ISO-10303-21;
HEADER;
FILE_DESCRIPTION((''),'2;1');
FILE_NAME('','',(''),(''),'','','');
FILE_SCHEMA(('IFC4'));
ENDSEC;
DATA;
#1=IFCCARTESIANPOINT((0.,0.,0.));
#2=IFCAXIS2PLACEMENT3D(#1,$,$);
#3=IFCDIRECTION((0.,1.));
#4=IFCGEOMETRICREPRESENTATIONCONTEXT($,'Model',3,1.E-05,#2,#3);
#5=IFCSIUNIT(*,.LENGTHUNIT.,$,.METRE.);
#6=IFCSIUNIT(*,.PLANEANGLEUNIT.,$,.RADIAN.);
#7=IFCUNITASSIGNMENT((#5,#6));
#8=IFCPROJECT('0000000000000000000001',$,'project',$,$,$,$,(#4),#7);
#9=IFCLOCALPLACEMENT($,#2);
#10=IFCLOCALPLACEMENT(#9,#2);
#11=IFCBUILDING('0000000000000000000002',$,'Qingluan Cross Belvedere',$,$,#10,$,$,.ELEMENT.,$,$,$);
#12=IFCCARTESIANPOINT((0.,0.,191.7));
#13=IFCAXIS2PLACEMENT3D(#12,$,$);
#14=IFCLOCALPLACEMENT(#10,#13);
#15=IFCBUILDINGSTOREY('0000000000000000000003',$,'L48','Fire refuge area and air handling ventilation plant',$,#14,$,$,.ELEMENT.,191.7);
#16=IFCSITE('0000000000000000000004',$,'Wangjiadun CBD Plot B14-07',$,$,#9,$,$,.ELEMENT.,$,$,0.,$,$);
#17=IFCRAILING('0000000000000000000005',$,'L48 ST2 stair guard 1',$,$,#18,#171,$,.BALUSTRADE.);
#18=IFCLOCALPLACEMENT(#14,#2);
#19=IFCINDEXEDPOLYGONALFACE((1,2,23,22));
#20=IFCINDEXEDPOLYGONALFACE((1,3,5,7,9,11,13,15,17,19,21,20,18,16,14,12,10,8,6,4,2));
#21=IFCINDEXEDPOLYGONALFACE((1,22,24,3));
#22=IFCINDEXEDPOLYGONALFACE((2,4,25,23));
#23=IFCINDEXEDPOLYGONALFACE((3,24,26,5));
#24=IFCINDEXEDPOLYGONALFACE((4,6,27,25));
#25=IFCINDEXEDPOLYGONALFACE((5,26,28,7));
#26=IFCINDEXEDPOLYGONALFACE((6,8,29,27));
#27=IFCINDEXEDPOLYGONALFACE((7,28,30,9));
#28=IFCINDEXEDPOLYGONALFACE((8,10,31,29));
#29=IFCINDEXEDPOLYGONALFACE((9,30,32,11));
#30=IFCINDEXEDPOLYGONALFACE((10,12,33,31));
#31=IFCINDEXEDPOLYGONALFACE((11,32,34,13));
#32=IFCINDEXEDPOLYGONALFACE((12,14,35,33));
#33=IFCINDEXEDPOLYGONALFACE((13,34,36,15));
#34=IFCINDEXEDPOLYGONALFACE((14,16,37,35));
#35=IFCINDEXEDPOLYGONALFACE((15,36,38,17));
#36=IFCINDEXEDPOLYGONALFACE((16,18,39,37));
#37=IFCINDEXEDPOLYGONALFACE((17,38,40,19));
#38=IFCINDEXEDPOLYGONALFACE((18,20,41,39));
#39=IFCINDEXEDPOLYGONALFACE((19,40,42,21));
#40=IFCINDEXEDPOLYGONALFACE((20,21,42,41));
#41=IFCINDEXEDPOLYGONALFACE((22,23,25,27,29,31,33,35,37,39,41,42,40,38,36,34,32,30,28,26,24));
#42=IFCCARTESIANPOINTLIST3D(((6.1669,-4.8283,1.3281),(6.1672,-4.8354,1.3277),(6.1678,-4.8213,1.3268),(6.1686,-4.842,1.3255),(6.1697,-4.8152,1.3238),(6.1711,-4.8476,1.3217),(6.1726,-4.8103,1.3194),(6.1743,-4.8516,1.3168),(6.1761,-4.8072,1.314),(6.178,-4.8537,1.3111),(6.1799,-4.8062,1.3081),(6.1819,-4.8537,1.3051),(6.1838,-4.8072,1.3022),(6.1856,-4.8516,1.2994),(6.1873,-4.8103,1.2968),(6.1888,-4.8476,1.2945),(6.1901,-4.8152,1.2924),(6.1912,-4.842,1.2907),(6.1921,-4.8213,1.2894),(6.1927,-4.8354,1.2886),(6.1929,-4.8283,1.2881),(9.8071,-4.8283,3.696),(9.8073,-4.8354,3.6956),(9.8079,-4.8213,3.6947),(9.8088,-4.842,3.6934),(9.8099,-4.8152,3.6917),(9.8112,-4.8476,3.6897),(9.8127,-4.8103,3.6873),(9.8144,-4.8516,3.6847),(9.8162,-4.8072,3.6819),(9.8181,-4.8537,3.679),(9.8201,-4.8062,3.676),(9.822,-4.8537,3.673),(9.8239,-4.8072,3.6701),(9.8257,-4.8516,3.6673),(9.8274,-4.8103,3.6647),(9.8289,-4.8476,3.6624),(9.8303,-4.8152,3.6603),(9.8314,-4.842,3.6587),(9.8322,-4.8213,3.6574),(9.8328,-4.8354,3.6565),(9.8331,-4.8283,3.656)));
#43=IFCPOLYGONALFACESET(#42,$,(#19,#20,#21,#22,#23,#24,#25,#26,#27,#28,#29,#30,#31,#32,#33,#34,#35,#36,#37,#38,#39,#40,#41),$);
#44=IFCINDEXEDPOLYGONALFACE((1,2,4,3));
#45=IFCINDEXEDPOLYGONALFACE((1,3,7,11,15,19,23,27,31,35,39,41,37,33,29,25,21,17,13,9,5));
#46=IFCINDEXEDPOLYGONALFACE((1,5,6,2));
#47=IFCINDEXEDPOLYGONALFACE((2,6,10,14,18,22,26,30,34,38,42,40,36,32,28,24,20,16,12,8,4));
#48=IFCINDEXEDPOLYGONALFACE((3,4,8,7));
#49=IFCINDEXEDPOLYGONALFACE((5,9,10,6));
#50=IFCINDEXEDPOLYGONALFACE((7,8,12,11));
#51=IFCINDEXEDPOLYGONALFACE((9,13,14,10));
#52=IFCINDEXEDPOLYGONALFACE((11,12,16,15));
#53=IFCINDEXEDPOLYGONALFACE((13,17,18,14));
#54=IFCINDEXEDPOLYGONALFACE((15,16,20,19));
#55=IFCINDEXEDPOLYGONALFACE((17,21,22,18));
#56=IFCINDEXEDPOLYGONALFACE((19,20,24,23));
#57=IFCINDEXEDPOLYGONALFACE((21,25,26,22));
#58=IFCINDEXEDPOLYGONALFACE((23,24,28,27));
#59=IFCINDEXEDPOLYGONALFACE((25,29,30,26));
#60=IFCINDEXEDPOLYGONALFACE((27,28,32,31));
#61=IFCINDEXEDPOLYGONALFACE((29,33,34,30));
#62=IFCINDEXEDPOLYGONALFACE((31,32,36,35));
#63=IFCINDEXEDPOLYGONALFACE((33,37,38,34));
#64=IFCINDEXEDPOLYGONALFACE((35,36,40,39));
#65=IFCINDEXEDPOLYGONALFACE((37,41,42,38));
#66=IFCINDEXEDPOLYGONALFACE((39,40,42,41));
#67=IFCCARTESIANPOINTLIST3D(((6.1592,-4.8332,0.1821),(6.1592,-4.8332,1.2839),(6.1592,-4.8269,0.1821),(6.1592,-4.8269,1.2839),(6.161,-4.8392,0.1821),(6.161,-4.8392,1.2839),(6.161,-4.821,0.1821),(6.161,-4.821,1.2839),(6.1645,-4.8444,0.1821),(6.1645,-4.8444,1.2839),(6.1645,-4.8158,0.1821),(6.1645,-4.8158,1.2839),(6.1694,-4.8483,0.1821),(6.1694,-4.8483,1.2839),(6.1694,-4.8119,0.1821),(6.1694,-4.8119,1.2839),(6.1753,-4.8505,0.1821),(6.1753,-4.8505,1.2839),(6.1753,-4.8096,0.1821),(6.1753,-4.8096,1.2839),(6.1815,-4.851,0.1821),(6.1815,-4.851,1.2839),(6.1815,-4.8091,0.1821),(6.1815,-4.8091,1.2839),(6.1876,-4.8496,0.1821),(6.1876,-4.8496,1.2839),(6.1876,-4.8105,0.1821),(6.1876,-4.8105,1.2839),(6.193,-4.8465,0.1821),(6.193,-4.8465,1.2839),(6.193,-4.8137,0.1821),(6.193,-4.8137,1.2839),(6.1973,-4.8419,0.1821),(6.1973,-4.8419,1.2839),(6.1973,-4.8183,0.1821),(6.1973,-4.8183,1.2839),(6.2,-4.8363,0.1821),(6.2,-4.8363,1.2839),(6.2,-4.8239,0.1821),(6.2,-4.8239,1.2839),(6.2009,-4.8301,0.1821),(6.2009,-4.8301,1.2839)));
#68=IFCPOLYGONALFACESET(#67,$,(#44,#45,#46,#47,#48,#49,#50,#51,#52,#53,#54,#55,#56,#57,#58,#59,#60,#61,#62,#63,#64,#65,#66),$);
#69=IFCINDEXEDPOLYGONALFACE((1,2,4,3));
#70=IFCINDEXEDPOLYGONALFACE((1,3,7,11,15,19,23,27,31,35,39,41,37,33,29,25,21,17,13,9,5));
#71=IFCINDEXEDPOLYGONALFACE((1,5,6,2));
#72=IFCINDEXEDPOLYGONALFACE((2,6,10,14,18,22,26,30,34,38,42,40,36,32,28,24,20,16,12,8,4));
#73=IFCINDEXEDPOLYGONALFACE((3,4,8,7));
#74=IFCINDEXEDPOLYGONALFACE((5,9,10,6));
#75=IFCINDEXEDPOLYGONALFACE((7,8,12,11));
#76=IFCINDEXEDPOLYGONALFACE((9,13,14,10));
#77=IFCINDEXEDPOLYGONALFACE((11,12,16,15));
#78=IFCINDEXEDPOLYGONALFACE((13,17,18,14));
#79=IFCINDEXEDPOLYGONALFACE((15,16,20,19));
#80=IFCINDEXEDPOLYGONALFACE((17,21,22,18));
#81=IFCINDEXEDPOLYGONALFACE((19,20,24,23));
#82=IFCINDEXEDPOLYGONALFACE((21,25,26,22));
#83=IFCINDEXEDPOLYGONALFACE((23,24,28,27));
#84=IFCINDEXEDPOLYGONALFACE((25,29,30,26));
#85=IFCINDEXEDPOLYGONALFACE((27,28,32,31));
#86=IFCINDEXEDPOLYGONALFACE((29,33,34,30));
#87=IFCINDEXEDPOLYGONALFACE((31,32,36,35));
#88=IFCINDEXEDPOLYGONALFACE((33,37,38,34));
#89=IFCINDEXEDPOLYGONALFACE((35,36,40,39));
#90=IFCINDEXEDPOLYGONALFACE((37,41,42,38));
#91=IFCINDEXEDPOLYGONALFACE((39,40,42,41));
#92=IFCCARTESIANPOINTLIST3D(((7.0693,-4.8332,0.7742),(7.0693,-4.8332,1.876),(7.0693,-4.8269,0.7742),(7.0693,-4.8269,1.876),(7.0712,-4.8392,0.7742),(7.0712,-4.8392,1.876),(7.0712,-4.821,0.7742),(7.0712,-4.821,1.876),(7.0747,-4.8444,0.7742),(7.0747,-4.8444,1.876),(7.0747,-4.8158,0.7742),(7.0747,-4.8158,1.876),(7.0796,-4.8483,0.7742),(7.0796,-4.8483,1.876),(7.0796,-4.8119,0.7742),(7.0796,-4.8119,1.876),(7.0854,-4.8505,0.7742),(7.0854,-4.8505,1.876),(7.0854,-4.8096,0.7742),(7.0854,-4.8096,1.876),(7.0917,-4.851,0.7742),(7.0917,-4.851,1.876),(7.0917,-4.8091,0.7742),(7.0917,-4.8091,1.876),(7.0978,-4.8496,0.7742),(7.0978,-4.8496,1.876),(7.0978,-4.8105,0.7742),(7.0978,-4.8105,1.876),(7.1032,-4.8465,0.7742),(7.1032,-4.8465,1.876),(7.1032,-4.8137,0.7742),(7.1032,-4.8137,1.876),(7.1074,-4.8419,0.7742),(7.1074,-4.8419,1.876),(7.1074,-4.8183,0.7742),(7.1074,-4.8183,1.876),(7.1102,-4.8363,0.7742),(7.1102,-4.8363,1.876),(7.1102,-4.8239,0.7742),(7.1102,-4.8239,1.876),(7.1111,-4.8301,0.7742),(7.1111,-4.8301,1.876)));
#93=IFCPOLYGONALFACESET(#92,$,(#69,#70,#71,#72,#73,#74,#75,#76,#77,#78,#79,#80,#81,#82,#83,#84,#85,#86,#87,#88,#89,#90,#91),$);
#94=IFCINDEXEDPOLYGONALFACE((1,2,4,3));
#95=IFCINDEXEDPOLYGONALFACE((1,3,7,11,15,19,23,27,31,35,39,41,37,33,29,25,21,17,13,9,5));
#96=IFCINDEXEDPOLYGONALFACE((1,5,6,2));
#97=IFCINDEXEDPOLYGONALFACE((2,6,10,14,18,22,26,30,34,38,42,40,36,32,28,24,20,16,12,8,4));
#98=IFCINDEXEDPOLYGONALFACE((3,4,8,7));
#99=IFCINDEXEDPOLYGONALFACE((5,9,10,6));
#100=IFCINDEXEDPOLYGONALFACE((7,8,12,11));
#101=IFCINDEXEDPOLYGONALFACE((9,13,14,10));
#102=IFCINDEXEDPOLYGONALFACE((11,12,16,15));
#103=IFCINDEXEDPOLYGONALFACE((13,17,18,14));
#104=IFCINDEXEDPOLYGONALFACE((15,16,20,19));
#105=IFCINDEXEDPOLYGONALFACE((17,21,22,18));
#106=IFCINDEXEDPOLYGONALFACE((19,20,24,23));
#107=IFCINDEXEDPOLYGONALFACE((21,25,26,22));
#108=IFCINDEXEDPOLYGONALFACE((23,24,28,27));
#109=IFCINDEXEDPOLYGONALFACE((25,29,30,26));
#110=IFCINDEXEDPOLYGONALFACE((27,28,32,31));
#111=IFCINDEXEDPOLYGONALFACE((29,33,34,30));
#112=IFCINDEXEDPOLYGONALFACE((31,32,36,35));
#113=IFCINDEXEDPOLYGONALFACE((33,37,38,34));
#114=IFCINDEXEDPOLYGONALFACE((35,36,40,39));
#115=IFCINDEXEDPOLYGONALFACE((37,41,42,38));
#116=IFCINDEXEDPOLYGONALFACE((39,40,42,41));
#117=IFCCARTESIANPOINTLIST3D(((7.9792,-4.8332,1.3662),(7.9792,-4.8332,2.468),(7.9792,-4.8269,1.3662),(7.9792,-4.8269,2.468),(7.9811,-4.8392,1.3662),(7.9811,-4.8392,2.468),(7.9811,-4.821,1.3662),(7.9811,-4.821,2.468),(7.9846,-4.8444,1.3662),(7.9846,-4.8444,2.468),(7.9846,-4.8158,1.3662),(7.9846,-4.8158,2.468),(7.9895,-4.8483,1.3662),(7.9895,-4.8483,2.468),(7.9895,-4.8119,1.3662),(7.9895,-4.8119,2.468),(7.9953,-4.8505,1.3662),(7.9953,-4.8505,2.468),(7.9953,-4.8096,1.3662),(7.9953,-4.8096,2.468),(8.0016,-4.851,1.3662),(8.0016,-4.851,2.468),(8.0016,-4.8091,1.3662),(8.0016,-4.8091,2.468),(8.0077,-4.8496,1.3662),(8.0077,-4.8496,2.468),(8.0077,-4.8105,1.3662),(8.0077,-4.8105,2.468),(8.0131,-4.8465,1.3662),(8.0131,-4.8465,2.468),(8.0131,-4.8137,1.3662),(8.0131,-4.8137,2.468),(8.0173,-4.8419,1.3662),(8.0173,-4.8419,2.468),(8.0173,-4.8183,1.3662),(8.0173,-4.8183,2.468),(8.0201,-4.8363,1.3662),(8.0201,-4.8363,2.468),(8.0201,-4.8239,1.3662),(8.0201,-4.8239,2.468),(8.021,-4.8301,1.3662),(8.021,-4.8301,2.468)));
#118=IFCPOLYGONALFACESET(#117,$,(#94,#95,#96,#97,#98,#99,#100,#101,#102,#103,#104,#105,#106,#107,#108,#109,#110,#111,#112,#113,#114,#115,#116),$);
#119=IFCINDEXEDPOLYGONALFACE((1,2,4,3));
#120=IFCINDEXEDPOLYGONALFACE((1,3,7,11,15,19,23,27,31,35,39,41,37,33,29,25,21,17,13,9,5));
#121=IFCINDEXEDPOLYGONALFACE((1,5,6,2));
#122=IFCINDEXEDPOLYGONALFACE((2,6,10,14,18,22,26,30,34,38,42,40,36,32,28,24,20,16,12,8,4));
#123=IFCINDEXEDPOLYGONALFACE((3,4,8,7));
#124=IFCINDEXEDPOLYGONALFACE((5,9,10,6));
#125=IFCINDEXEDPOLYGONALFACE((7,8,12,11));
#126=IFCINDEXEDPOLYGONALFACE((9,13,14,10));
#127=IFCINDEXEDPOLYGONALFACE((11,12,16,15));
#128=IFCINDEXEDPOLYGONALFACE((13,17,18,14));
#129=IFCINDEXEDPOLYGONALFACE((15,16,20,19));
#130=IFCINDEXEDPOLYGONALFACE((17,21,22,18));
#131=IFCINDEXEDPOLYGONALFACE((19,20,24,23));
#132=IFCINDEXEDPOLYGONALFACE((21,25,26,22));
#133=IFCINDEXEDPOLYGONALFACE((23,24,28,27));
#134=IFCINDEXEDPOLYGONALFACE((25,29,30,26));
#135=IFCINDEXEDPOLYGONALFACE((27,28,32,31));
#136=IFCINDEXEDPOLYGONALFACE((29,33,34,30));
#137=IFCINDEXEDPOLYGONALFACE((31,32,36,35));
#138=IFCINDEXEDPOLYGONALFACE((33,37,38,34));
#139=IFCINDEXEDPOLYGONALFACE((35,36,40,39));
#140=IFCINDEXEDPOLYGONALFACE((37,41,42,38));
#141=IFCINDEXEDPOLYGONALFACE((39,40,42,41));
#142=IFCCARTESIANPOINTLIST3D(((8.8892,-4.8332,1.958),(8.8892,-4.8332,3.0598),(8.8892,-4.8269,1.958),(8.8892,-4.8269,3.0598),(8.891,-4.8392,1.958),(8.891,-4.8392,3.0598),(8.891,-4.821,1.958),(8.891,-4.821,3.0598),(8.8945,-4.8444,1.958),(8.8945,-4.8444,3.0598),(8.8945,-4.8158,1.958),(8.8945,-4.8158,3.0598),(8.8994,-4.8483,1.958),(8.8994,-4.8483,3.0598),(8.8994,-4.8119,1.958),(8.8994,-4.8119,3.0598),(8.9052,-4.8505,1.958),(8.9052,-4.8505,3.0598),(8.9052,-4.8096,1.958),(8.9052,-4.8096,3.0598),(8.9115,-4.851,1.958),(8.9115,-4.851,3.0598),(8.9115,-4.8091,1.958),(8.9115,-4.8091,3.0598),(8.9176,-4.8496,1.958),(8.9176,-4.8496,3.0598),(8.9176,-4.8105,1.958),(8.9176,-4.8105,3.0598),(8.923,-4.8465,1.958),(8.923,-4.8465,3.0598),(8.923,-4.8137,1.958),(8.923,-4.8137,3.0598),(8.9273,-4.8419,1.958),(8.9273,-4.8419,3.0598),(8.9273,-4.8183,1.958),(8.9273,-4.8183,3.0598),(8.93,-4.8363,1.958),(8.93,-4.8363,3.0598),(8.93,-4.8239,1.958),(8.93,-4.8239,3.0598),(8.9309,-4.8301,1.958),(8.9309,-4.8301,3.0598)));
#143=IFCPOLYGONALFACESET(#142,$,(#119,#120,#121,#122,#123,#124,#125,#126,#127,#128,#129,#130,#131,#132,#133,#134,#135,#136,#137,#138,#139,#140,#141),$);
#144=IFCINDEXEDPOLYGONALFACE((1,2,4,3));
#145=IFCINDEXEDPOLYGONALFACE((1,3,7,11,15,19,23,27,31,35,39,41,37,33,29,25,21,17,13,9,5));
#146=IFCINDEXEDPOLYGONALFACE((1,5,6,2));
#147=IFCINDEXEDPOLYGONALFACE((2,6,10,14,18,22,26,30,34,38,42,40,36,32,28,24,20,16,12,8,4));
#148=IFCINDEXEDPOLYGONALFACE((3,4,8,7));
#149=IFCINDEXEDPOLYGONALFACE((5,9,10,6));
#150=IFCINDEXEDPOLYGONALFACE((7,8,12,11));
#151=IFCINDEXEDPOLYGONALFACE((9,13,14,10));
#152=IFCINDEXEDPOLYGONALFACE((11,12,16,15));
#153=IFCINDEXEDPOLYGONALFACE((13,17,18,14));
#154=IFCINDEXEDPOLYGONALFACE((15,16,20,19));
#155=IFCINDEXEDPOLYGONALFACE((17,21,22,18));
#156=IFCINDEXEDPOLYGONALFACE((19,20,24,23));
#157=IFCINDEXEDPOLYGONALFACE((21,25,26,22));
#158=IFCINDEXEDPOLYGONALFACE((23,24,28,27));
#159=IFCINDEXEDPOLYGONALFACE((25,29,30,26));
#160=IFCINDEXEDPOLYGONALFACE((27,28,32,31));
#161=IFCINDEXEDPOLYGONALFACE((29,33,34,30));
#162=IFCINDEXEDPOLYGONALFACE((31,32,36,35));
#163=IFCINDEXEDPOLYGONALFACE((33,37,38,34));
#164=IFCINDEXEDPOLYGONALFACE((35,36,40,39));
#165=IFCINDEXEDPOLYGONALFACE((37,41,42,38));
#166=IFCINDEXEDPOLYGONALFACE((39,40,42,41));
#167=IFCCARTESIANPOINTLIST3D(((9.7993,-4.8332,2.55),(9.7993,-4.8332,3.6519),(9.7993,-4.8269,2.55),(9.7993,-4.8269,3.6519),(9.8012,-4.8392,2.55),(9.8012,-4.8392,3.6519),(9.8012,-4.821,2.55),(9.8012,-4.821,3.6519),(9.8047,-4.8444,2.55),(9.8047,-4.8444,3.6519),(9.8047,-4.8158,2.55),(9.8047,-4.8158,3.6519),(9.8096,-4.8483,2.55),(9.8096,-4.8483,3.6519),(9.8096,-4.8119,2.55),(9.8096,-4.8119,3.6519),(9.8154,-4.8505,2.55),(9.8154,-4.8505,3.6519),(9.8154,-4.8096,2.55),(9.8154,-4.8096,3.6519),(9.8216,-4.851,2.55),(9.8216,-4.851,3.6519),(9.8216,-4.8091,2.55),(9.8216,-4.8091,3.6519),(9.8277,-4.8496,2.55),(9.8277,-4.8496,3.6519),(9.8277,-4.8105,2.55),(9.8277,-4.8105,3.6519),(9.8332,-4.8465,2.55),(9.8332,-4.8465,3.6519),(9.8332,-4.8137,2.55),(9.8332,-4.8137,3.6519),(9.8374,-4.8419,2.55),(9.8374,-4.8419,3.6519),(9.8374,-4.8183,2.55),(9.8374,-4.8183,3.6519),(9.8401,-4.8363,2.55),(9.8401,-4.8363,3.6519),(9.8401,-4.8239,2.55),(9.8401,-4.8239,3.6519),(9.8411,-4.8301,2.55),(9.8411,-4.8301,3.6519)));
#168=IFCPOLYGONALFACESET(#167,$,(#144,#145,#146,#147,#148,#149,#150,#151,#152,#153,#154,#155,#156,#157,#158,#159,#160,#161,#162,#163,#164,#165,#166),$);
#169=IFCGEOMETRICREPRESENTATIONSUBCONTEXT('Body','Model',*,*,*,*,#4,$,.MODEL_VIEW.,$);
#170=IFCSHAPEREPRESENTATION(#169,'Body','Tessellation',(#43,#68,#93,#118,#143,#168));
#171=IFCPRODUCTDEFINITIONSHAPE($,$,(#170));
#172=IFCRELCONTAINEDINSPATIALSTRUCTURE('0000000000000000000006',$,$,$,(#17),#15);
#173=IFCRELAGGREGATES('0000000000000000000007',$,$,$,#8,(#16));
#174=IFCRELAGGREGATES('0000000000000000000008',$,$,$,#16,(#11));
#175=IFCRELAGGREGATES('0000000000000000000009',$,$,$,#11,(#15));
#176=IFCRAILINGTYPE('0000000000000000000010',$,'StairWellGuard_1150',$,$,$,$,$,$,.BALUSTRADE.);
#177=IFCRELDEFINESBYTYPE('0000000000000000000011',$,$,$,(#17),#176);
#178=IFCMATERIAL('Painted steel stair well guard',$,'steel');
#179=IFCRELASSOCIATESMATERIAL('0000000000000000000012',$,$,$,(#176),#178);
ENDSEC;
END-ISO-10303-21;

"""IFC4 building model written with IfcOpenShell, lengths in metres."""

from ifc_helpers import new_model, si_unit, direction, frame, origin, origin_2d, place, context, subcontext, project, spatial, circle, extrude, material, type_object, element, save


model = new_model("IFC4")

# Units and contexts
model_context = context("Model", 3, precision=1e-05, world=origin(), true_north=direction((0.0, 1.0)))
body_context = subcontext(model_context, "Body", "Model", "MODEL_VIEW")
ifc_project = project(units=[si_unit("LENGTHUNIT", "METRE"), si_unit("PLANEANGLEUNIT", "RADIAN")], contexts=[model_context])

# Site, building, storey
site_placement = place(None, origin())
site = spatial("IfcSite", under=ifc_project, at=site_placement, Name="Wangjiadun CBD Plot B14-07", CompositionType="ELEMENT", RefElevation=0.0)
building_placement = place(site_placement, origin())
building = spatial("IfcBuilding", under=site, at=building_placement, Name="Qingluan Cross Belvedere", CompositionType="ELEMENT")
storey_placement = place(building_placement, frame((0.0, 0.0, 191.7)))
storey = spatial("IfcBuildingStorey", under=building, at=storey_placement, Name="L48", Description="Fire refuge area and air handling ventilation plant", CompositionType="ELEMENT", Elevation=191.7)

# Railing
ifc_material_1 = material(Name="Painted steel stair well guard", Category="steel")
railing_type_1 = type_object("IfcRailingType", Name="StairWellGuard_1150", PredefinedType="BALUSTRADE", material=ifc_material_1)
railing_1_placement = place(storey_placement, frame((6.1799, -4.8301, 0.1821)))
element("IfcRailing", 1, at=railing_1_placement, inside=storey, type_object=railing_type_1, Name="L48 ST2 stair guard 1", PredefinedType="BALUSTRADE", context=body_context, shape_type="SweptSolid", body=[
    extrude(circle(Radius=0.0239, at=origin_2d()), frame((0.0, 0.0, 1.126), z_axis=(0.838251, 0.0, 0.545285), x_axis=(0.0, 1.0, 0.0)), (0.0, 0.0, 1.0), 4.3425),
    extrude(circle(Radius=0.021, at=origin_2d()), origin(), (0.0, 0.0, 1.0), 1.1018),
    extrude(circle(Radius=0.021, at=origin_2d()), frame((0.9102, 0.0, 0.592)), (0.0, 0.0, 1.0), 1.1018),
    extrude(circle(Radius=0.021, at=origin_2d()), frame((1.8201, 0.0, 1.1841)), (0.0, 0.0, 1.0), 1.1018),
    extrude(circle(Radius=0.021, at=origin_2d()), frame((2.73, 0.0, 1.7759)), (0.0, 0.0, 1.0), 1.1018),
    extrude(circle(Radius=0.021, at=origin_2d()), frame((3.6401, 0.0, 2.3679)), (0.0, 0.0, 1.0), 1.1018),
])

save(model, "model.ifc")
